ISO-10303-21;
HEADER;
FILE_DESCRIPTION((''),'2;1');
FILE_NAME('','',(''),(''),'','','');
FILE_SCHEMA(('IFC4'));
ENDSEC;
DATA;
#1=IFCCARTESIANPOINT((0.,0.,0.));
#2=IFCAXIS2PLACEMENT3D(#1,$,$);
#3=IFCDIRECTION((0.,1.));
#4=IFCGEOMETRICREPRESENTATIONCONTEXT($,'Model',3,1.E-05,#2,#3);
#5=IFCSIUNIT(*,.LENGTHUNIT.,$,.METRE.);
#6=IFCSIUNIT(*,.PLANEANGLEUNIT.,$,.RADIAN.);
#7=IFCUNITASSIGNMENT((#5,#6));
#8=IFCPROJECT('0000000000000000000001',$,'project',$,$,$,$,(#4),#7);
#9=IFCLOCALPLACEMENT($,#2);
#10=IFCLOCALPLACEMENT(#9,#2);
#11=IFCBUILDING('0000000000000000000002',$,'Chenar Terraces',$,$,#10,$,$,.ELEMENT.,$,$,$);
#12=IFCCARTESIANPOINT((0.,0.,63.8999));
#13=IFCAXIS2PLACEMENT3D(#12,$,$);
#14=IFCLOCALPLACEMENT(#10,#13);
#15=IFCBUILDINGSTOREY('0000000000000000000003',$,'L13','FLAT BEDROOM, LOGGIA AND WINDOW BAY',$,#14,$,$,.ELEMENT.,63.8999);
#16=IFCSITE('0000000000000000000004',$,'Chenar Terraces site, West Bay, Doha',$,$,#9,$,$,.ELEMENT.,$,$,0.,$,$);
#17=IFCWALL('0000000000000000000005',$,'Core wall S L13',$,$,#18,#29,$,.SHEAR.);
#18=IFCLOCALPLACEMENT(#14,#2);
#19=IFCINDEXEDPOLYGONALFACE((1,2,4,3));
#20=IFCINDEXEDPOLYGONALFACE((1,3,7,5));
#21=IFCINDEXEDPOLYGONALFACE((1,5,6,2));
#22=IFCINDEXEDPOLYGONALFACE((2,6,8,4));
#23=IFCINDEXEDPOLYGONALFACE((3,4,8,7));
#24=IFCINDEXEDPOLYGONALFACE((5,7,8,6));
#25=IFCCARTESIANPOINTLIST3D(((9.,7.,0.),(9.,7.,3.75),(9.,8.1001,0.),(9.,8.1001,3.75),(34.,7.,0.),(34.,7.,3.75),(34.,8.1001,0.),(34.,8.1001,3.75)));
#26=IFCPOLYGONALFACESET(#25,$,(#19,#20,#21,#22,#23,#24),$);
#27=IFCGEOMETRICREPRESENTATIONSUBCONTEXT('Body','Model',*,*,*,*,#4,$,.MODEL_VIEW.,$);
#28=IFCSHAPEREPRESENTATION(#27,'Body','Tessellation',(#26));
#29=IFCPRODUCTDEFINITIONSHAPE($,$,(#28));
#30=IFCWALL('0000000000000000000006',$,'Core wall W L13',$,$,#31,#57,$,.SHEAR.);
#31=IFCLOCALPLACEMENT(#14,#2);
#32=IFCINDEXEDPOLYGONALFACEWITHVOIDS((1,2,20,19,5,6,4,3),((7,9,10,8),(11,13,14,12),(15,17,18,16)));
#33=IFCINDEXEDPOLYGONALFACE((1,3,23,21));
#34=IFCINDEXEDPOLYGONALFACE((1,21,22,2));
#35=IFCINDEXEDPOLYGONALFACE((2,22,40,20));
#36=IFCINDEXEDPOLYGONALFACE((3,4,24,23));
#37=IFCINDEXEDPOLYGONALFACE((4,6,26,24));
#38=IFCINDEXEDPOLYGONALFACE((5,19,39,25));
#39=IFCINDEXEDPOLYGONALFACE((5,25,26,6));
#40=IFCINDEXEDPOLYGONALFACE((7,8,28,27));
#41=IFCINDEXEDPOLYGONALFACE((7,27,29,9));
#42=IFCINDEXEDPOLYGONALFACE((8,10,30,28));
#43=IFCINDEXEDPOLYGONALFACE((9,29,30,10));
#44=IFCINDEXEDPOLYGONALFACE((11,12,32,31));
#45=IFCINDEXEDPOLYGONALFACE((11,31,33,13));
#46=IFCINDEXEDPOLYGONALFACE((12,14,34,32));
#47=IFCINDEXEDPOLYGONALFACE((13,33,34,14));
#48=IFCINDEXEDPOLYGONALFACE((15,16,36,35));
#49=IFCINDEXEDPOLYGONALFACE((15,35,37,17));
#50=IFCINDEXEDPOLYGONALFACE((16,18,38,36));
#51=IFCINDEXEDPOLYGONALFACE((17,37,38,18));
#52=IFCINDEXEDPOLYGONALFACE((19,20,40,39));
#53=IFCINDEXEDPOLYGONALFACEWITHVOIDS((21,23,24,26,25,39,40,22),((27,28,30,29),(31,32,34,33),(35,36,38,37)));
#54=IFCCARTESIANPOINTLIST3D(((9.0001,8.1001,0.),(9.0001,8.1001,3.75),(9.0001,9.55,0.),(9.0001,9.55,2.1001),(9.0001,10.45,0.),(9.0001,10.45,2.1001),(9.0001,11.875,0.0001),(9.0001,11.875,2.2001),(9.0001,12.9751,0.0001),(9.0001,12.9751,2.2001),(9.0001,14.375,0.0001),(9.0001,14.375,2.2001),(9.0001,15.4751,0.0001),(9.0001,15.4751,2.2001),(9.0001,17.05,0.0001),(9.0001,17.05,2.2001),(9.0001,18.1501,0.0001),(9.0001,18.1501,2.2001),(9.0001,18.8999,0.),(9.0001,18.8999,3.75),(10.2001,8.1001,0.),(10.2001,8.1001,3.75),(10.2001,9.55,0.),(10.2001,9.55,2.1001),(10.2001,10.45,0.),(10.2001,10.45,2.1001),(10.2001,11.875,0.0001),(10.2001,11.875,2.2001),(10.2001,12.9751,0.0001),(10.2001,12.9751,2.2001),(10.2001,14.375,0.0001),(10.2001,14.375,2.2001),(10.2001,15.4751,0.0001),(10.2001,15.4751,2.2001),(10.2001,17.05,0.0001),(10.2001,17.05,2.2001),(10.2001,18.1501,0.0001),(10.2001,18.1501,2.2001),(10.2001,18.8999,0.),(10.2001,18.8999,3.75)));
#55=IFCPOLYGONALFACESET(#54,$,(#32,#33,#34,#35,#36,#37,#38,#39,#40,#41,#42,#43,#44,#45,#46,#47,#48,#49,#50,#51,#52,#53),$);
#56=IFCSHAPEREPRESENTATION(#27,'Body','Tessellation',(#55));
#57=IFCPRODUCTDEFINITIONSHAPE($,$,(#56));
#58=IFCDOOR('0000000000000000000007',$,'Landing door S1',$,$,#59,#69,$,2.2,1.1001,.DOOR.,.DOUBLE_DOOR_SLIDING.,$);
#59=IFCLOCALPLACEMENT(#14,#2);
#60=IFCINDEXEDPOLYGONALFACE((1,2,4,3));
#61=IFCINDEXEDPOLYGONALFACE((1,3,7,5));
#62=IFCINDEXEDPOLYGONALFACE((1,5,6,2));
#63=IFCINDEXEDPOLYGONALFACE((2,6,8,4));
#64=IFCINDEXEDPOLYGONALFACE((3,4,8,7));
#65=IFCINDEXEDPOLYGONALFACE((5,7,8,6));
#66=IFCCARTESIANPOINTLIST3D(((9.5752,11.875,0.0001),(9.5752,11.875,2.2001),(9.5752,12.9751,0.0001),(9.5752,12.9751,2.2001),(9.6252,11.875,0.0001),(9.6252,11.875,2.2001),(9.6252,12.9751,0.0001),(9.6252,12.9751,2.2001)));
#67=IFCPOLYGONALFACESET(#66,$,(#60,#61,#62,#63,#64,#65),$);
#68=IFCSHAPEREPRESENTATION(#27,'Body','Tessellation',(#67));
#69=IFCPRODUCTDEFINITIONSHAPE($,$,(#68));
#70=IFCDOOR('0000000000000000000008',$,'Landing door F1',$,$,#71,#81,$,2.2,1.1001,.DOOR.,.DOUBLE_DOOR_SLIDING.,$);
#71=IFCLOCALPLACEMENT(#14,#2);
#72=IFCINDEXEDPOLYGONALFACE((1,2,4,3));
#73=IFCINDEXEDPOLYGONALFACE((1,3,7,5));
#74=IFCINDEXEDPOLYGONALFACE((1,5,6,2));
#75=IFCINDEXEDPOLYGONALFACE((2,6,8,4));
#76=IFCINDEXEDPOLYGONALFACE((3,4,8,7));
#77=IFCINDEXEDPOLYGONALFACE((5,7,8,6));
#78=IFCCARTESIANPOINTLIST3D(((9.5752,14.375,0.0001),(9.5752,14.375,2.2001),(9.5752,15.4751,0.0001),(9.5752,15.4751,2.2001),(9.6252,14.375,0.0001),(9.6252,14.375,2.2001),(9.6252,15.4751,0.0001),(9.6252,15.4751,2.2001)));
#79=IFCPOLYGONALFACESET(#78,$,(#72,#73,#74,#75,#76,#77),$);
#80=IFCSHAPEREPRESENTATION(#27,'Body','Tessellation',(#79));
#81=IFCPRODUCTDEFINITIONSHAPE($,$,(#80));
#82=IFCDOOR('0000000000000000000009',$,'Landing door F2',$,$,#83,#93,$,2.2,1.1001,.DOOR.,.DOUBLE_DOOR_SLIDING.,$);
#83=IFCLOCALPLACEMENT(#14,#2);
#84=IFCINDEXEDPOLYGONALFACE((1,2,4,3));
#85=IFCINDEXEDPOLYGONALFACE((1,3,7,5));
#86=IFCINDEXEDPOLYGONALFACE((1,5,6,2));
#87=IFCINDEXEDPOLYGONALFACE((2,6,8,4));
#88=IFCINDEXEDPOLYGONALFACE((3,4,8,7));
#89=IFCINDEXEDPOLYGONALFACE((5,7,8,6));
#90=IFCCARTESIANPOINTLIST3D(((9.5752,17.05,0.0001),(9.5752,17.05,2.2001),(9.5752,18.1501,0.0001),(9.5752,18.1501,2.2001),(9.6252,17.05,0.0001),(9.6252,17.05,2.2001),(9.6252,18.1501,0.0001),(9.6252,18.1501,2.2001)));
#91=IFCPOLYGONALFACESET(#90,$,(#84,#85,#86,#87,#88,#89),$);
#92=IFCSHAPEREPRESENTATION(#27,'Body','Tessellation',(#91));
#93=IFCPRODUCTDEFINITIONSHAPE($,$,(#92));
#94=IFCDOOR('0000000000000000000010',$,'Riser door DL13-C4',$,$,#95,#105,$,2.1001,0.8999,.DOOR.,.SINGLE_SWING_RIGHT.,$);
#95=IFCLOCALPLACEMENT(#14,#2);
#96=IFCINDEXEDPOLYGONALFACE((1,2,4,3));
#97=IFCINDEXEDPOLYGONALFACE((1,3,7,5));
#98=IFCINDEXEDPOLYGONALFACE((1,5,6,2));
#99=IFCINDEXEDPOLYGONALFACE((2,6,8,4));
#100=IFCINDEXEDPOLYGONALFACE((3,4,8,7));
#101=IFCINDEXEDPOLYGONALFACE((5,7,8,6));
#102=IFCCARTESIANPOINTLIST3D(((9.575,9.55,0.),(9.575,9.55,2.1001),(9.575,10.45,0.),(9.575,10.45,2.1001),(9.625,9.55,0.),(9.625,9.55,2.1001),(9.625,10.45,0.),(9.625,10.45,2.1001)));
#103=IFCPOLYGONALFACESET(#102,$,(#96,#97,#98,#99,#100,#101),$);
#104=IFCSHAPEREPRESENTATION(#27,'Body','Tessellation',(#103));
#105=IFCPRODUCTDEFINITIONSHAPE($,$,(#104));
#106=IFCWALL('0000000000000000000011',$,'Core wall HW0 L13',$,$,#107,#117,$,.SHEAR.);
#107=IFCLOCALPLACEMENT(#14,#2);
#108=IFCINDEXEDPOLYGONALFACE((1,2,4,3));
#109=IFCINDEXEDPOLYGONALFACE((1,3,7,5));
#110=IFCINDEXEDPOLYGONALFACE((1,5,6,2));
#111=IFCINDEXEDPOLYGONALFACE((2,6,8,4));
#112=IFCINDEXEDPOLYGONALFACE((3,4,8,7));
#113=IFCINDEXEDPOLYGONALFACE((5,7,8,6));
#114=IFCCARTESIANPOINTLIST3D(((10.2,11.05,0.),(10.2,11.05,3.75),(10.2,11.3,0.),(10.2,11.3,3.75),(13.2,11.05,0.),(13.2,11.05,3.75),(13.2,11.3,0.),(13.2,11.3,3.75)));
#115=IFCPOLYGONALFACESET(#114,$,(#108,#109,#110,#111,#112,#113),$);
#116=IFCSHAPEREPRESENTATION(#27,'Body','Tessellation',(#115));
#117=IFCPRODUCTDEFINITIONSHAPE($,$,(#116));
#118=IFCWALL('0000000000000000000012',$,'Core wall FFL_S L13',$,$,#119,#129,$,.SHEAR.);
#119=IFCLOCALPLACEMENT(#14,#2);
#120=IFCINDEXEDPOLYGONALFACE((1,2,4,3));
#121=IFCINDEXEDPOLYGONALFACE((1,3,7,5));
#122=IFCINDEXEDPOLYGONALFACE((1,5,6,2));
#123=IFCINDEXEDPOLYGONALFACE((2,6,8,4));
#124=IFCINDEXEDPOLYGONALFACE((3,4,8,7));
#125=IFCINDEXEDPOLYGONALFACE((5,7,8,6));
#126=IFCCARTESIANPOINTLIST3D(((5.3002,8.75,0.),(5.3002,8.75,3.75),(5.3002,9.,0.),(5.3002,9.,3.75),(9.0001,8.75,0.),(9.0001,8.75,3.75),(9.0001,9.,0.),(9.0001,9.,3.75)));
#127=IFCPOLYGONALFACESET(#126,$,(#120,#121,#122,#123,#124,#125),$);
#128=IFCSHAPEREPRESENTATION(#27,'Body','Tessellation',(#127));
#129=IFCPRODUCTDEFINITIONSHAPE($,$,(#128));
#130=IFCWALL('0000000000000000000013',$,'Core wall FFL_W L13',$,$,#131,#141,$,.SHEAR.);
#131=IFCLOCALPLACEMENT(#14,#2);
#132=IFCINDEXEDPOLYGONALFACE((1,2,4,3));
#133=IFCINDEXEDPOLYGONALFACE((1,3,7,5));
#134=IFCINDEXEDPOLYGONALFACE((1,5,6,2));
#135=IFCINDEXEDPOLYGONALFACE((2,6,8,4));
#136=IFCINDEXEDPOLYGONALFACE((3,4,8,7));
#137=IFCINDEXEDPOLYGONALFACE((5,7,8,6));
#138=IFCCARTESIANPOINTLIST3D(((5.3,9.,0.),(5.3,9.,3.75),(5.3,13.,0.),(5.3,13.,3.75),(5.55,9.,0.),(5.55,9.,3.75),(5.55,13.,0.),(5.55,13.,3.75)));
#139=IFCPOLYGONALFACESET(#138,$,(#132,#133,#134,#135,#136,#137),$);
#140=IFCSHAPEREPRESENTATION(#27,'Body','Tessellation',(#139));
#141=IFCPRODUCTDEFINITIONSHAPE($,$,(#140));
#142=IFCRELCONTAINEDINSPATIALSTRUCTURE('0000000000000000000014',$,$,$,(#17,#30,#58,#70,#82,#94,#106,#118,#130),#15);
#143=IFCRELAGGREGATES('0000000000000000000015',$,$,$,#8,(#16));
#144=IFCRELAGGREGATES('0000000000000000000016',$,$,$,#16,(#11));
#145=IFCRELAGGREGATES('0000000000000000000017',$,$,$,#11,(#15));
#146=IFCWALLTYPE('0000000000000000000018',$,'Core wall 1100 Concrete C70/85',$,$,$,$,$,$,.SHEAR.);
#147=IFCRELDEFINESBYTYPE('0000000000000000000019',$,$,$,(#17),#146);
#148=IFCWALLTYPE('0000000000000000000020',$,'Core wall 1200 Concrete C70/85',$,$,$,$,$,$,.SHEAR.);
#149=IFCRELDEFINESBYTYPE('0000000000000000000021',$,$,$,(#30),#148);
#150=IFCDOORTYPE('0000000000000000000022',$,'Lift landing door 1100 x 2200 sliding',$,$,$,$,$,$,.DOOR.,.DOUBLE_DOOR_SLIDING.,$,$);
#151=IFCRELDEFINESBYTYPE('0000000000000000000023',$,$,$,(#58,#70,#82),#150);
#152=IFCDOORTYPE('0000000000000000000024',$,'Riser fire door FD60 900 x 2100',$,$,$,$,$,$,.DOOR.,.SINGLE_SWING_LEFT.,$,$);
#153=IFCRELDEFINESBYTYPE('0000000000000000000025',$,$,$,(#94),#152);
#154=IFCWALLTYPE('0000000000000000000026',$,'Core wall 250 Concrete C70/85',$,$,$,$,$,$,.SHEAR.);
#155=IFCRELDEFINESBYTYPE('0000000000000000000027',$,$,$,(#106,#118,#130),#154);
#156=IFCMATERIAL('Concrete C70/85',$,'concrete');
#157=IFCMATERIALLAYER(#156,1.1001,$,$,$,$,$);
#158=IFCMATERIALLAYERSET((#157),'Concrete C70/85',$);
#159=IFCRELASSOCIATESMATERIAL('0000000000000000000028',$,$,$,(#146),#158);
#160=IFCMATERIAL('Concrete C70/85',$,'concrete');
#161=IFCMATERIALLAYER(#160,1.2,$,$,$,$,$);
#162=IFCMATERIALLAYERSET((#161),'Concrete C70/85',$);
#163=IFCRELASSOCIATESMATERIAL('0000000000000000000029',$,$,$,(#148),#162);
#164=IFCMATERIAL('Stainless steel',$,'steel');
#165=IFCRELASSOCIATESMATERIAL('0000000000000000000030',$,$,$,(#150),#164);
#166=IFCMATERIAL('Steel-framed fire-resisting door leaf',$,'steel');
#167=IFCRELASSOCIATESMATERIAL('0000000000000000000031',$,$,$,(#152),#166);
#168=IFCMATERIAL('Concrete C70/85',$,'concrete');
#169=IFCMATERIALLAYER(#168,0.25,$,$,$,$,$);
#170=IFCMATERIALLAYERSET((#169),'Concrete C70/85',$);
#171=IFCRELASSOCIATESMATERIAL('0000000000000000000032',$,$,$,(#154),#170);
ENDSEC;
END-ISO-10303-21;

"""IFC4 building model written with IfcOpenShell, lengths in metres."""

from ifc_helpers import new_model, si_unit, direction, frame, frame_2d, origin, place, context, subcontext, project, spatial, rectangle, extrude, material, layer, layer_set, type_object, element, fill, save


model = new_model("IFC4")

# Units and contexts
model_context = context("Model", 3, precision=1e-05, world=origin(), true_north=direction((0.0, 1.0)))
body_context = subcontext(model_context, "Body", "Model", "MODEL_VIEW")
ifc_project = project(units=[si_unit("LENGTHUNIT", "METRE"), si_unit("PLANEANGLEUNIT", "RADIAN")], contexts=[model_context])

# Site, building, storey
site_placement = place(None, origin())
site = spatial("IfcSite", under=ifc_project, at=site_placement, Name="Chenar Terraces site, West Bay, Doha", CompositionType="ELEMENT", RefElevation=0.0)
building_placement = place(site_placement, origin())
building = spatial("IfcBuilding", under=site, at=building_placement, Name="Chenar Terraces", CompositionType="ELEMENT")
storey_placement = place(building_placement, frame((0.0, 0.0, 63.8999)))
storey = spatial("IfcBuildingStorey", under=building, at=storey_placement, Name="L13", Description="FLAT BEDROOM, LOGGIA AND WINDOW BAY", CompositionType="ELEMENT", Elevation=63.8999)

# Wall
ifc_material_1 = material(Name="Concrete C70/85", Category="concrete")
ifc_layer_1 = layer(ifc_material_1, 1.1001)
ifc_layer_set_1 = layer_set([ifc_layer_1], Name="Concrete C70/85")
wall_type_1 = type_object("IfcWallType", Name="Core wall 1100 Concrete C70/85", PredefinedType="SHEAR", material=ifc_layer_set_1)
wall_1_placement = place(storey_placement, frame((9.0, 7.55, 0.0), z_axis=(0.0, 0.0, 1.0), x_axis=(1.0, 0.0, 0.0)))
element("IfcWall", 1, at=wall_1_placement, inside=storey, type_object=wall_type_1, Name="Core wall S L13", PredefinedType="SHEAR", context=body_context, shape_type="SweptSolid", body=[
    extrude(rectangle(XDim=25.0, YDim=1.1001, at=frame_2d((12.5, 0.0))), origin(), (0.0, 0.0, 1.0), 3.75),
])

# Wall, openings, doors
ifc_material_2 = material(Name="Concrete C70/85", Category="concrete")
ifc_layer_2 = layer(ifc_material_2, 1.2)
ifc_layer_set_2 = layer_set([ifc_layer_2], Name="Concrete C70/85")
wall_type_2 = type_object("IfcWallType", Name="Core wall 1200 Concrete C70/85", PredefinedType="SHEAR", material=ifc_layer_set_2)
wall_2_placement = place(storey_placement, frame((9.6001, 8.1001, 0.0), z_axis=(0.0, 0.0, 1.0), x_axis=(0.0, 1.0, 0.0)))
wall_2 = element("IfcWall", 2, at=wall_2_placement, inside=storey, type_object=wall_type_2, Name="Core wall W L13", PredefinedType="SHEAR", context=body_context, shape_type="SweptSolid", body=[
    extrude(rectangle(XDim=10.7998, YDim=1.2, at=frame_2d((5.3999, 0.0))), origin(), (0.0, 0.0, 1.0), 3.75),
])
opening_1_placement = place(wall_2_placement, frame((3.7749, 0.0, 0.0)))
opening_1 = element("IfcOpeningElement", 3, at=opening_1_placement, cuts=wall_2, PredefinedType="OPENING", context=body_context, shape_type="SweptSolid", body=[
    extrude(rectangle(XDim=1.1001, YDim=2.2, at=frame_2d((0.55, 1.1001))), frame((0.0, 0.6099, 0.0), z_axis=(0.0, -1.0, 0.0), x_axis=(1.0, 0.0, 0.0)), (0.0, 0.0, 1.0), 1.22),
])
opening_2_placement = place(wall_2_placement, frame((6.2749, 0.0, 0.0)))
opening_2 = element("IfcOpeningElement", 4, at=opening_2_placement, cuts=wall_2, PredefinedType="OPENING", context=body_context, shape_type="SweptSolid", body=[
    extrude(rectangle(XDim=1.1001, YDim=2.2, at=frame_2d((0.55, 1.1001))), frame((0.0, 0.6099, 0.0), z_axis=(0.0, -1.0, 0.0), x_axis=(1.0, 0.0, 0.0)), (0.0, 0.0, 1.0), 1.22),
])
opening_3_placement = place(wall_2_placement, frame((8.95, 0.0, 0.0)))
opening_3 = element("IfcOpeningElement", 5, at=opening_3_placement, cuts=wall_2, PredefinedType="OPENING", context=body_context, shape_type="SweptSolid", body=[
    extrude(rectangle(XDim=1.1001, YDim=2.2, at=frame_2d((0.55, 1.1001))), frame((0.0, 0.6099, 0.0), z_axis=(0.0, -1.0, 0.0), x_axis=(1.0, 0.0, 0.0)), (0.0, 0.0, 1.0), 1.22),
])
opening_4_placement = place(wall_2_placement, frame((1.45, 0.0, 0.0)))
opening_4 = element("IfcOpeningElement", 6, at=opening_4_placement, cuts=wall_2, PredefinedType="OPENING", context=body_context, shape_type="SweptSolid", body=[
    extrude(rectangle(XDim=0.8999, YDim=2.1001, at=frame_2d((0.45, 1.05))), frame((0.0, 0.6099, 0.0), z_axis=(0.0, -1.0, 0.0), x_axis=(1.0, 0.0, 0.0)), (0.0, 0.0, 1.0), 1.22),
])
ifc_material_3 = material(Name="Stainless steel", Category="steel")
door_type_1 = type_object("IfcDoorType", Name="Lift landing door 1100 x 2200 sliding", OperationType="DOUBLE_DOOR_SLIDING", PredefinedType="DOOR", material=ifc_material_3)
door_1_placement = place(opening_1_placement, origin())
door_1 = element("IfcDoor", 7, at=door_1_placement, inside=storey, type_object=door_type_1, Name="Landing door S1", OperationType="DOUBLE_DOOR_SLIDING", OverallHeight=2.2, OverallWidth=1.1001, PredefinedType="DOOR", context=body_context, shape_type="SweptSolid", body=[
    extrude(rectangle(XDim=1.1001, YDim=2.2, at=frame_2d((0.55, 1.1001))), frame((0.0, 0.0249, 0.0), z_axis=(0.0, -1.0, 0.0), x_axis=(1.0, 0.0, 0.0)), (0.0, 0.0, 1.0), 0.05),
])
fill(opening_1, door_1)
door_2_placement = place(opening_2_placement, origin())
door_2 = element("IfcDoor", 8, at=door_2_placement, inside=storey, type_object=door_type_1, Name="Landing door F1", OperationType="DOUBLE_DOOR_SLIDING", OverallHeight=2.2, OverallWidth=1.1001, PredefinedType="DOOR", context=body_context, shape_type="SweptSolid", body=[
    extrude(rectangle(XDim=1.1001, YDim=2.2, at=frame_2d((0.55, 1.1001))), frame((0.0, 0.0249, 0.0), z_axis=(0.0, -1.0, 0.0), x_axis=(1.0, 0.0, 0.0)), (0.0, 0.0, 1.0), 0.05),
])
fill(opening_2, door_2)
door_3_placement = place(opening_3_placement, origin())
door_3 = element("IfcDoor", 9, at=door_3_placement, inside=storey, type_object=door_type_1, Name="Landing door F2", OperationType="DOUBLE_DOOR_SLIDING", OverallHeight=2.2, OverallWidth=1.1001, PredefinedType="DOOR", context=body_context, shape_type="SweptSolid", body=[
    extrude(rectangle(XDim=1.1001, YDim=2.2, at=frame_2d((0.55, 1.1001))), frame((0.0, 0.0249, 0.0), z_axis=(0.0, -1.0, 0.0), x_axis=(1.0, 0.0, 0.0)), (0.0, 0.0, 1.0), 0.05),
])
fill(opening_3, door_3)
ifc_material_4 = material(Name="Steel-framed fire-resisting door leaf", Category="steel")
door_type_2 = type_object("IfcDoorType", Name="Riser fire door FD60 900 x 2100", OperationType="SINGLE_SWING_LEFT", PredefinedType="DOOR", material=ifc_material_4)
door_4_placement = place(opening_4_placement, frame((0.8999, 0.0, 0.0), z_axis=(0.0, 0.0, 1.0), x_axis=(-1.0, 0.0, 0.0)))
door_4 = element("IfcDoor", 10, at=door_4_placement, inside=storey, type_object=door_type_2, Name="Riser door DL13-C4", OperationType="SINGLE_SWING_RIGHT", OverallHeight=2.1001, OverallWidth=0.8999, PredefinedType="DOOR", context=body_context, shape_type="SweptSolid", body=[
    extrude(rectangle(XDim=0.8999, YDim=2.1001, at=frame_2d((0.45, 1.05))), frame((0.0, 0.0249, 0.0), z_axis=(0.0, -1.0, 0.0), x_axis=(1.0, 0.0, 0.0)), (0.0, 0.0, 1.0), 0.05),
])
fill(opening_4, door_4)

# Walls
ifc_material_5 = material(Name="Concrete C70/85", Category="concrete")
ifc_layer_3 = layer(ifc_material_5, 0.25)
ifc_layer_set_3 = layer_set([ifc_layer_3], Name="Concrete C70/85")
wall_type_3 = type_object("IfcWallType", Name="Core wall 250 Concrete C70/85", PredefinedType="SHEAR", material=ifc_layer_set_3)
wall_3_placement = place(storey_placement, frame((10.2, 11.175, 0.0), z_axis=(0.0, 0.0, 1.0), x_axis=(1.0, 0.0, 0.0)))
element("IfcWall", 11, at=wall_3_placement, inside=storey, type_object=wall_type_3, Name="Core wall HW0 L13", PredefinedType="SHEAR", context=body_context, shape_type="SweptSolid", body=[
    extrude(rectangle(XDim=3.0, YDim=0.25, at=frame_2d((1.5, 0.0))), origin(), (0.0, 0.0, 1.0), 3.75),
])
wall_4_placement = place(storey_placement, frame((5.3, 8.875, 0.0), z_axis=(0.0, 0.0, 1.0), x_axis=(1.0, 0.0, 0.0)))
element("IfcWall", 12, at=wall_4_placement, inside=storey, type_object=wall_type_3, Name="Core wall FFL_S L13", PredefinedType="SHEAR", context=body_context, shape_type="SweptSolid", body=[
    extrude(rectangle(XDim=3.7, YDim=0.25, at=frame_2d((1.8501, 0.0))), origin(), (0.0, 0.0, 1.0), 3.75),
])
wall_5_placement = place(storey_placement, frame((5.425, 9.0, 0.0), z_axis=(0.0, 0.0, 1.0), x_axis=(0.0, 1.0, 0.0)))
element("IfcWall", 13, at=wall_5_placement, inside=storey, type_object=wall_type_3, Name="Core wall FFL_W L13", PredefinedType="SHEAR", context=body_context, shape_type="SweptSolid", body=[
    extrude(rectangle(XDim=4.0, YDim=0.25, at=frame_2d((2.0, 0.0))), origin(), (0.0, 0.0, 1.0), 3.75),
])

save(model, "model.ifc")
